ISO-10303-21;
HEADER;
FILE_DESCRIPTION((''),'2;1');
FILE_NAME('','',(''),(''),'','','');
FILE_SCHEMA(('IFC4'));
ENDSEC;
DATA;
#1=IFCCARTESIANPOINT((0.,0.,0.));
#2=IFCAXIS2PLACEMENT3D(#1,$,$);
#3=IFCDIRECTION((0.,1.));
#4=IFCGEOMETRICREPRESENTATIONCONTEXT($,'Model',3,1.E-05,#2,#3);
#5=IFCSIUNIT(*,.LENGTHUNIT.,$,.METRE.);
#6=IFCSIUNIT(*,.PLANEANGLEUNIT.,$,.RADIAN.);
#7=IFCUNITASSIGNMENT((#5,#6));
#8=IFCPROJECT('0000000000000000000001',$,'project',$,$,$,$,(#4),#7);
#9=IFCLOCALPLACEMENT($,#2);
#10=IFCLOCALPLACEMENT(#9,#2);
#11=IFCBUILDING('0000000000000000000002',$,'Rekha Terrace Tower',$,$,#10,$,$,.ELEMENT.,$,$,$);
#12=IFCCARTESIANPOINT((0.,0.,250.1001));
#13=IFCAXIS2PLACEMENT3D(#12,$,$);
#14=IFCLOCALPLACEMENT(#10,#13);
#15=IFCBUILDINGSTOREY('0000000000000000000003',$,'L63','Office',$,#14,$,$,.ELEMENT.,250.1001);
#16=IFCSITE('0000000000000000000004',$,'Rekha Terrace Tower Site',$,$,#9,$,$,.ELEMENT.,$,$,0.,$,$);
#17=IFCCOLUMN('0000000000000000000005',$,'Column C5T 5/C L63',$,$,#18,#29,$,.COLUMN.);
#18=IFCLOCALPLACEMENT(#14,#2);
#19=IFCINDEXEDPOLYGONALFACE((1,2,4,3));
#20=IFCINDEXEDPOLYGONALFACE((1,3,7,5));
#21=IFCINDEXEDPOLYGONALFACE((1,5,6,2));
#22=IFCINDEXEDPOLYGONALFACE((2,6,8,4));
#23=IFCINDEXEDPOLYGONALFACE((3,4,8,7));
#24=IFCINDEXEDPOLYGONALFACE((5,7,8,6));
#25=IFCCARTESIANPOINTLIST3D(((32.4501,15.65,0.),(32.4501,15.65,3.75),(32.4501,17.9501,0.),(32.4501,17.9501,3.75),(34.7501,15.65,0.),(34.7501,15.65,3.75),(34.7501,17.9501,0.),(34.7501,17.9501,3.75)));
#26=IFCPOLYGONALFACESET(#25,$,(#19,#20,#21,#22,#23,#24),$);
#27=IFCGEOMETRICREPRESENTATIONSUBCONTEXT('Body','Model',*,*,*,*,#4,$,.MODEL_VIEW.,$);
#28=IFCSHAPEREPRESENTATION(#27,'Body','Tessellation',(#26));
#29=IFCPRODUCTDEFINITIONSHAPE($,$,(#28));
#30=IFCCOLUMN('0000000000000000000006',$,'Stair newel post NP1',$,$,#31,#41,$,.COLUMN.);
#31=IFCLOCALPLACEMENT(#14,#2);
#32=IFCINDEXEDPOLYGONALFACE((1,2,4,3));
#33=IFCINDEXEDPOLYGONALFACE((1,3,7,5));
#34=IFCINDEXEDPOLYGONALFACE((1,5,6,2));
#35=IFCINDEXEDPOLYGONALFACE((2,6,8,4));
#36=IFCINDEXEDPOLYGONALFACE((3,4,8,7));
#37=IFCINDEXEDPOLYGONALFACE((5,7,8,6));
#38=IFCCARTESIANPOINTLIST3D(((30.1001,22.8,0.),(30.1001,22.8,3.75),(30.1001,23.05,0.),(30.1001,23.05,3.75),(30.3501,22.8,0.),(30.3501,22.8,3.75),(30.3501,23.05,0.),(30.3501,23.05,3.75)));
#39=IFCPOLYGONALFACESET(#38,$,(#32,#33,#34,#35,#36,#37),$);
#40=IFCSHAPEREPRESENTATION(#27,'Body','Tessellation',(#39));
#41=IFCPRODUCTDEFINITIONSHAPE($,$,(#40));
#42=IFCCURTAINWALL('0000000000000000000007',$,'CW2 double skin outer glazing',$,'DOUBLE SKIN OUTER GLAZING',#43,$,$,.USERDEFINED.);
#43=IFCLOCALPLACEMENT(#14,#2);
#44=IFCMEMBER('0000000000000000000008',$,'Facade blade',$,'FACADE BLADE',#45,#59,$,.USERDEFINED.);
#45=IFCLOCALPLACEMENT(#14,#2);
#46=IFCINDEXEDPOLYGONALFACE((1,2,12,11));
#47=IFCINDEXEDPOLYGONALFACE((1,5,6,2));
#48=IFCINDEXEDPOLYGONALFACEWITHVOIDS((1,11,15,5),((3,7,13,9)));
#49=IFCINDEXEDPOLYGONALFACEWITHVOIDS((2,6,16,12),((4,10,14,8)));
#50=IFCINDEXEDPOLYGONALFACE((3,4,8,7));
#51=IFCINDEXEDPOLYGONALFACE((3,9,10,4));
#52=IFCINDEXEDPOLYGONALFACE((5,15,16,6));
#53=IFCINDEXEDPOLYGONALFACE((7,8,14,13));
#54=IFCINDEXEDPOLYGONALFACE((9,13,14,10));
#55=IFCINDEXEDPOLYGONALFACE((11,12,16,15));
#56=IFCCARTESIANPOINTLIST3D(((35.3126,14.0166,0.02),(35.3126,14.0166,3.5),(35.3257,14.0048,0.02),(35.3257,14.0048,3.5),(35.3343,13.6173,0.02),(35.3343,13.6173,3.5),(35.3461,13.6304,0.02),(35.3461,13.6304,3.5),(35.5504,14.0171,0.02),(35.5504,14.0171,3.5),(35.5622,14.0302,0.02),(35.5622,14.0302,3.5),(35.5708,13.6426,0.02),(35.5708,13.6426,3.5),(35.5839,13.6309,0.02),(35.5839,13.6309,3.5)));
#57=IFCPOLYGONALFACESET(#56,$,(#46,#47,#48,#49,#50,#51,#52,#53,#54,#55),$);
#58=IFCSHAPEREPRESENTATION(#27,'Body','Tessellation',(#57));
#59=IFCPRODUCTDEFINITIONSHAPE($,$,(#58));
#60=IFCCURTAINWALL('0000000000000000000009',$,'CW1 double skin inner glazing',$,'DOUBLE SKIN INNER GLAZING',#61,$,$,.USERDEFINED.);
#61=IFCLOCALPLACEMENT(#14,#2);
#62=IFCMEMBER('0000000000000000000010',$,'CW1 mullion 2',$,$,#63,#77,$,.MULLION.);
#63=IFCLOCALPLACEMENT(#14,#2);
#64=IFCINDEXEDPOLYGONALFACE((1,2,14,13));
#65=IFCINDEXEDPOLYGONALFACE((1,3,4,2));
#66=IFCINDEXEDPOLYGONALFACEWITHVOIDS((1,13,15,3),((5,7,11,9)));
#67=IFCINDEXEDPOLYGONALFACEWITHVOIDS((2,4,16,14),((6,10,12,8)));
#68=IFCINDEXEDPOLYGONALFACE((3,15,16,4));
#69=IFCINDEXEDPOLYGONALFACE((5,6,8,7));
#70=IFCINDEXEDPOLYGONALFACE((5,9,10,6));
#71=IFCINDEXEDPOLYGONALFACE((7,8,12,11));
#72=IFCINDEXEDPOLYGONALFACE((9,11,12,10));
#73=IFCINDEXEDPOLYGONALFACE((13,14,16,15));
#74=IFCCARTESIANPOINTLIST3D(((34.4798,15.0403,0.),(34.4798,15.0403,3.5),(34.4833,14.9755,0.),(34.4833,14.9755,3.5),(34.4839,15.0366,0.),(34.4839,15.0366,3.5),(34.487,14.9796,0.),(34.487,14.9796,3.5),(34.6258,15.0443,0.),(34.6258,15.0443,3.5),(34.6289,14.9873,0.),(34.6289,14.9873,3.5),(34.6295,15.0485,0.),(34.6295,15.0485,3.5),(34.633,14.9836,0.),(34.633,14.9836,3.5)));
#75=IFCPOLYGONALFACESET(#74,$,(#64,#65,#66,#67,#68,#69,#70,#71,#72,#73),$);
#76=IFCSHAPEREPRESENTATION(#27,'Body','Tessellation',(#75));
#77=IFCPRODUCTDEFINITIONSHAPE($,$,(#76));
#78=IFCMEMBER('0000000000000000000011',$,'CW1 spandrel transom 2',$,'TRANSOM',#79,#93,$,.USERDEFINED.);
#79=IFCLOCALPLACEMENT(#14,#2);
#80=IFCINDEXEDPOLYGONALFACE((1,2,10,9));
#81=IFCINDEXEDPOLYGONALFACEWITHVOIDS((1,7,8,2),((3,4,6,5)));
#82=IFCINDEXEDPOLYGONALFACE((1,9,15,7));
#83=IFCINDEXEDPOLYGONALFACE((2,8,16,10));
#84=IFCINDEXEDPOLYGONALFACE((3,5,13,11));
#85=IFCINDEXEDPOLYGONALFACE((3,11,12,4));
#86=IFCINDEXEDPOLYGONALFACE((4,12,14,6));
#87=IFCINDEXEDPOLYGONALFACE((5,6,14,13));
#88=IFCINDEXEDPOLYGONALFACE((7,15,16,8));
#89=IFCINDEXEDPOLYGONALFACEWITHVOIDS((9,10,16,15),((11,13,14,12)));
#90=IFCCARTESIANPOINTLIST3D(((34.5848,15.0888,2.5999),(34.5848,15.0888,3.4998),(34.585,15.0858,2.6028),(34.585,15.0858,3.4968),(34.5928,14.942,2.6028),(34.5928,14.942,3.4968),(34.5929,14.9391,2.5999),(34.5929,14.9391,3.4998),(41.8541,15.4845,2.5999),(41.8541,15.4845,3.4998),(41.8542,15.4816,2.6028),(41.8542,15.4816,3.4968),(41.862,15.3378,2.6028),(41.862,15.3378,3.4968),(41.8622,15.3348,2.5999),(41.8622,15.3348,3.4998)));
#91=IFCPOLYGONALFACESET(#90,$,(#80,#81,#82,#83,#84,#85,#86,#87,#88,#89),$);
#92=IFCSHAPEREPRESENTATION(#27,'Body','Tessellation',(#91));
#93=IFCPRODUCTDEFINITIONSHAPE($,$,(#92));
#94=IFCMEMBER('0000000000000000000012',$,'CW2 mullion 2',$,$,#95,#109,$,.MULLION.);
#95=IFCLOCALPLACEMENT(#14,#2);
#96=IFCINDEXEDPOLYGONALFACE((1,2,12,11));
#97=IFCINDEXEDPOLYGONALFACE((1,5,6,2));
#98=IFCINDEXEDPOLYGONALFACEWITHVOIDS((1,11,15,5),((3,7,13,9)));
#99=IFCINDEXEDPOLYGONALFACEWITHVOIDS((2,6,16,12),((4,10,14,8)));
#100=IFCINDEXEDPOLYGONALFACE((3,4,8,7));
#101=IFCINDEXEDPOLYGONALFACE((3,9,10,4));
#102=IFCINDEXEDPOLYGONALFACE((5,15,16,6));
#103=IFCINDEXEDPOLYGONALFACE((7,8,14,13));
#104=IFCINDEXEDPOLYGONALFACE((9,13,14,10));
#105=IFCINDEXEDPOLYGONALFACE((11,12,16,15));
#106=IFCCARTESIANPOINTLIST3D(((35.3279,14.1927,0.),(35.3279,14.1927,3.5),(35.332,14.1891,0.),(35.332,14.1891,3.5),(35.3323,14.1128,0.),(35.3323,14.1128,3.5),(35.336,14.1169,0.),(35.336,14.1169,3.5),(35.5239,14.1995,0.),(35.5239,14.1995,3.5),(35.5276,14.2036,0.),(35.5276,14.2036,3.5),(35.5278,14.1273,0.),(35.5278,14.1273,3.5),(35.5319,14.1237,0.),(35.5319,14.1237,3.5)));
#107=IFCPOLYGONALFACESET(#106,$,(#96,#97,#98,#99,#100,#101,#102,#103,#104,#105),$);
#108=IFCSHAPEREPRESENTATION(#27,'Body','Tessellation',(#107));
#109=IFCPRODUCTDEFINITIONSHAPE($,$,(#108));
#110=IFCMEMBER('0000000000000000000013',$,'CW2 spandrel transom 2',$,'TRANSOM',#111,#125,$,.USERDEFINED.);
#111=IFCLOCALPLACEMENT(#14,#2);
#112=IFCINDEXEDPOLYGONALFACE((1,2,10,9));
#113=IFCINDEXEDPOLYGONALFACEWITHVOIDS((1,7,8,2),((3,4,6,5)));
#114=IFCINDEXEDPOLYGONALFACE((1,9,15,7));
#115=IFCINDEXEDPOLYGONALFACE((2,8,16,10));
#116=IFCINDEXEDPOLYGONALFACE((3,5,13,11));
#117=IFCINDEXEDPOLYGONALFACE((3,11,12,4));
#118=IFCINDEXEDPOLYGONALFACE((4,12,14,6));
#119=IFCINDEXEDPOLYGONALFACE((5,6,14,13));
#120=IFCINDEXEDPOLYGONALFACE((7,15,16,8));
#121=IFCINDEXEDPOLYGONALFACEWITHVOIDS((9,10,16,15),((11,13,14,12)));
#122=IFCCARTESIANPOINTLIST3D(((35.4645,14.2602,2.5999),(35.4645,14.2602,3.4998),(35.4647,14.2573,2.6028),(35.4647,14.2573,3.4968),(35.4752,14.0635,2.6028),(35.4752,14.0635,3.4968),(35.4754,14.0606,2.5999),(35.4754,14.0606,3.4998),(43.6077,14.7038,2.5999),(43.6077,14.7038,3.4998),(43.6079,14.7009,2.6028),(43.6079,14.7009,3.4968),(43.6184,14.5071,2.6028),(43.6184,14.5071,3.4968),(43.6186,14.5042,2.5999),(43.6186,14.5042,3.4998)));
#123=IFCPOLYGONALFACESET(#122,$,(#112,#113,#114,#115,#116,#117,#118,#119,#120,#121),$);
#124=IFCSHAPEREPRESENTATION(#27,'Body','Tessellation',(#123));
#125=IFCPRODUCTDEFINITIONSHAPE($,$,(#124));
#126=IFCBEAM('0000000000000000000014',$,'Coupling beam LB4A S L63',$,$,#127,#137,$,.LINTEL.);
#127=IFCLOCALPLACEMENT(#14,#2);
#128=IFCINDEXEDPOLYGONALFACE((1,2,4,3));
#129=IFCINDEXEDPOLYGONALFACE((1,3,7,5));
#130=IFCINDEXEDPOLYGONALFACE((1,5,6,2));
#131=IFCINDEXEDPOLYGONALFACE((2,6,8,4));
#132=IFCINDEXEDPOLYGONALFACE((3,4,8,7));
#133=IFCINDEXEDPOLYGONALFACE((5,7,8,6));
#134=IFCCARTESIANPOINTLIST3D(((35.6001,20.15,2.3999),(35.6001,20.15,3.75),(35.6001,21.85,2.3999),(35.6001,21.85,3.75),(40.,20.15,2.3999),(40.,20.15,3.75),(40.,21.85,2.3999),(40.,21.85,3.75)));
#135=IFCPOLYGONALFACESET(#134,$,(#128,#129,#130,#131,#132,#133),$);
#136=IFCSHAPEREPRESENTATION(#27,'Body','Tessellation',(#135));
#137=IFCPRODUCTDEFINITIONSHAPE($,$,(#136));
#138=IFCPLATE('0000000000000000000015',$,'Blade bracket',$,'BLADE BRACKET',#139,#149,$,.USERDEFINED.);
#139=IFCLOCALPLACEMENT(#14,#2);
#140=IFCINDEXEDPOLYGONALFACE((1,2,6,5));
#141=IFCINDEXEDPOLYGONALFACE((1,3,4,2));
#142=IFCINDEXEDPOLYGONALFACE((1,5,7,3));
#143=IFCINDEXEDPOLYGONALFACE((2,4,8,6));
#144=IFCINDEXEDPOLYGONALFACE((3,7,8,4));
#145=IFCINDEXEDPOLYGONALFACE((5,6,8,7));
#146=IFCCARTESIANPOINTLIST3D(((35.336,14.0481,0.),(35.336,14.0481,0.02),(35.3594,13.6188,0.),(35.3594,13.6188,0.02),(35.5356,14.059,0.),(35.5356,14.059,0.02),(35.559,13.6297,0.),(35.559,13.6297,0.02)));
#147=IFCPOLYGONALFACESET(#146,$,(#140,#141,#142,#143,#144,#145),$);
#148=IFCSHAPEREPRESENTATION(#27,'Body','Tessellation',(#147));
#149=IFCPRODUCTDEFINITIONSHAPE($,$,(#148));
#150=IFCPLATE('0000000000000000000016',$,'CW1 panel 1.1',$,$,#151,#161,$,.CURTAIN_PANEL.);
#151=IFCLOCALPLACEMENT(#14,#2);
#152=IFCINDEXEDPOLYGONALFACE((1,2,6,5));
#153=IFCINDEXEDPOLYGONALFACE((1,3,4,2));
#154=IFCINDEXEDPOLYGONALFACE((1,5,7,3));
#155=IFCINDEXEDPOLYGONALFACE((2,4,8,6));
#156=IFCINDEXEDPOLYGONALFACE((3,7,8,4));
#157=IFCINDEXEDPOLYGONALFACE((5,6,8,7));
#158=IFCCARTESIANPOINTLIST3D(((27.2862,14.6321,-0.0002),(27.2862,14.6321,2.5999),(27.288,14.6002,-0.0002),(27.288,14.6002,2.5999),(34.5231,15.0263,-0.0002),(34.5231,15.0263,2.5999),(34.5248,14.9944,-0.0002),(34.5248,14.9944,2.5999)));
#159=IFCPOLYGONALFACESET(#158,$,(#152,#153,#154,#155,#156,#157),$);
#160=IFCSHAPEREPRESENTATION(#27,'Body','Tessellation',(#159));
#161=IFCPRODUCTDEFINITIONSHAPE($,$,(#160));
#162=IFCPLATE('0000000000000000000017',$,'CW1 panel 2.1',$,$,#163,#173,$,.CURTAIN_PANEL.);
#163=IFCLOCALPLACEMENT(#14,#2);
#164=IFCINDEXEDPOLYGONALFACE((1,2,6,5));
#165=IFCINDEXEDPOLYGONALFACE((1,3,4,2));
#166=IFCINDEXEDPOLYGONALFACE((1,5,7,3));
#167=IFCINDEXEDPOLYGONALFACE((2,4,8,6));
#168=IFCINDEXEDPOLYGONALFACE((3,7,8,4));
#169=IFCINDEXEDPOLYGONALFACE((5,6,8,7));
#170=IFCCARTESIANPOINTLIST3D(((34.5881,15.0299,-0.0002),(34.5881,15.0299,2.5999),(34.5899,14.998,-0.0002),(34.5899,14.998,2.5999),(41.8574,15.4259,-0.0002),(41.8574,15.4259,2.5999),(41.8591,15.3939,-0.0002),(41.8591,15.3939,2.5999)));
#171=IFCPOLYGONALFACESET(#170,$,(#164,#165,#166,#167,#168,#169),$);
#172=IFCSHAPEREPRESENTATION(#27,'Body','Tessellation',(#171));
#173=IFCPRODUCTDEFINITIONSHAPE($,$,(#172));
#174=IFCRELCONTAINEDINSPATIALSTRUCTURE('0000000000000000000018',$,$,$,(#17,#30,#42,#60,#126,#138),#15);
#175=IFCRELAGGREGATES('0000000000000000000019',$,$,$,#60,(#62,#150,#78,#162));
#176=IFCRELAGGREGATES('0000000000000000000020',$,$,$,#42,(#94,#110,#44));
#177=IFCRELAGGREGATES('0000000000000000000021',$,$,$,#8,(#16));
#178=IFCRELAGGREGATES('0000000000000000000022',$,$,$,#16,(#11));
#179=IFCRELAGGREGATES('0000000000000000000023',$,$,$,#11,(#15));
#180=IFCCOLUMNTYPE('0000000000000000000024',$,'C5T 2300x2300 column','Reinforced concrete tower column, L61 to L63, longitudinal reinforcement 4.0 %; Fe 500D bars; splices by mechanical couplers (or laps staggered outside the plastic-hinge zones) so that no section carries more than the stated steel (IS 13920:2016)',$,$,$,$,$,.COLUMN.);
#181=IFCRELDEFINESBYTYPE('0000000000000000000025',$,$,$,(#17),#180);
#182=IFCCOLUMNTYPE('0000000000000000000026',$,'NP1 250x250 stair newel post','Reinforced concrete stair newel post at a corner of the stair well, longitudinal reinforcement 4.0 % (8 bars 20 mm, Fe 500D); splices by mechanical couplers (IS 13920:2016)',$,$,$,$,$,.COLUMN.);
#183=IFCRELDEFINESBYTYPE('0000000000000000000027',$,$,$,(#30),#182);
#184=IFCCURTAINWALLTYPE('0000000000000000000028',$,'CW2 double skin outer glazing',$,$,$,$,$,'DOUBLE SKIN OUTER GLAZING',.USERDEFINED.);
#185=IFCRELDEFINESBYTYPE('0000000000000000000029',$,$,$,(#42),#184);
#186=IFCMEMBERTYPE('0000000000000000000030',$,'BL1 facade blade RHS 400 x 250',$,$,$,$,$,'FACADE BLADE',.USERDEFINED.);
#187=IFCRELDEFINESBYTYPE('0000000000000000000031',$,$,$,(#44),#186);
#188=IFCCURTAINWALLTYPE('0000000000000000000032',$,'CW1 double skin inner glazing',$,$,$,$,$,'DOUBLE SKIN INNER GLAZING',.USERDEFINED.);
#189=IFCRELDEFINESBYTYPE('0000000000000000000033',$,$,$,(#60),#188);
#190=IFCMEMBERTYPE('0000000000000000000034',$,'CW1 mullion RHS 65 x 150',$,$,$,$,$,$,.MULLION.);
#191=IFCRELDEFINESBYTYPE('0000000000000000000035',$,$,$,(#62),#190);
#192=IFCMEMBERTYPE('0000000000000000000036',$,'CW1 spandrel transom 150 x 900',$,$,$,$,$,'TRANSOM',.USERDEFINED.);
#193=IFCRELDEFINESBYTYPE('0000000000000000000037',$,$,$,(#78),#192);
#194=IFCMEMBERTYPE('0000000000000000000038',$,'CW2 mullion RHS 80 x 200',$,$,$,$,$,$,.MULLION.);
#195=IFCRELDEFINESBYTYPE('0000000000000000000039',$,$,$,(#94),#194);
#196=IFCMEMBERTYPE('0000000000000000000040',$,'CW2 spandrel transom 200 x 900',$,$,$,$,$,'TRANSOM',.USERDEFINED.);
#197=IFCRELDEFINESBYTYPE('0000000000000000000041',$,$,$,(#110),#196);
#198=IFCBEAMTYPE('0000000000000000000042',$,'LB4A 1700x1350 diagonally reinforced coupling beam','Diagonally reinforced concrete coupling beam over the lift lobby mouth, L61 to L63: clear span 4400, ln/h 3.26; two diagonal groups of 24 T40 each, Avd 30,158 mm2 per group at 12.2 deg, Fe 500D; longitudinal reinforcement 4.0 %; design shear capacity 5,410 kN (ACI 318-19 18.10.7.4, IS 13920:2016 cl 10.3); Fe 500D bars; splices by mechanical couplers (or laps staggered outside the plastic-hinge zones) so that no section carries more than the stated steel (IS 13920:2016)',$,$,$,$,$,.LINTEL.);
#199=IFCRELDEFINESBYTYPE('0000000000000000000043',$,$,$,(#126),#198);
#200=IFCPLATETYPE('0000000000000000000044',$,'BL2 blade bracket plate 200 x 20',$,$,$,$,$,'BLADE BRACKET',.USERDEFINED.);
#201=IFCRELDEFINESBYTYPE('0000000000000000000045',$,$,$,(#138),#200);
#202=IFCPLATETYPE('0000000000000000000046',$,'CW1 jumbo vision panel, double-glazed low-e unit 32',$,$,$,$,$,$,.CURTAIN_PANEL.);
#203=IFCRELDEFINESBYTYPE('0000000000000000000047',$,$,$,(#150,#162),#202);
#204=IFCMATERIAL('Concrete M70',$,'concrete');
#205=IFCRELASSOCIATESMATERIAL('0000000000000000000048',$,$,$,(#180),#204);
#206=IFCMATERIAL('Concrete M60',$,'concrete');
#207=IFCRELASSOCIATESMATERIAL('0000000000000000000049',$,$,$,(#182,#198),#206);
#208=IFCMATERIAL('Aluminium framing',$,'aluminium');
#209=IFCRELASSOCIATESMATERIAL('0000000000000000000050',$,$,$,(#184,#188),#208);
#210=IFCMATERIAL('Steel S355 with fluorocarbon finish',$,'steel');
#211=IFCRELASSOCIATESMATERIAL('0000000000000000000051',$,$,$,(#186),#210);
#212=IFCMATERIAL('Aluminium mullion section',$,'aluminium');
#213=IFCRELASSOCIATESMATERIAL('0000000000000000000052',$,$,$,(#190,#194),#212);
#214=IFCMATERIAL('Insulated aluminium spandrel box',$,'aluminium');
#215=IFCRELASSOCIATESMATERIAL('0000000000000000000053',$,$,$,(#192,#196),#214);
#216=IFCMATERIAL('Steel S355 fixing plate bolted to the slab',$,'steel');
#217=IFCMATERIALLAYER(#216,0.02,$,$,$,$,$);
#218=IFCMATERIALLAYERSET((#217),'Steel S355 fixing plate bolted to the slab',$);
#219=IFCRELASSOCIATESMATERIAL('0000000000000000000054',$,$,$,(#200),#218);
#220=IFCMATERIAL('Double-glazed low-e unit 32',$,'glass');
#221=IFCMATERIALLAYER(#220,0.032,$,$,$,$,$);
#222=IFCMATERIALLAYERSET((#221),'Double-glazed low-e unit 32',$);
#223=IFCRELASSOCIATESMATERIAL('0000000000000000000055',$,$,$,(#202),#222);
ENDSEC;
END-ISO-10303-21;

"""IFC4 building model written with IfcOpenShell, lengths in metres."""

from ifc_helpers import new_model, si_unit, direction, frame, origin, origin_2d, place, context, subcontext, project, spatial, rectangle, hollow_rectangle, extrude, material, layer, layer_set, material_profile, profile_set, type_object, element, aggregate, save


model = new_model("IFC4")

# Units and contexts
model_context = context("Model", 3, precision=1e-05, world=origin(), true_north=direction((0.0, 1.0)))
body_context = subcontext(model_context, "Body", "Model", "MODEL_VIEW")
ifc_project = project(units=[si_unit("LENGTHUNIT", "METRE"), si_unit("PLANEANGLEUNIT", "RADIAN")], contexts=[model_context])

# Site, building, storey
site_placement = place(None, origin())
site = spatial("IfcSite", under=ifc_project, at=site_placement, Name="Rekha Terrace Tower Site", CompositionType="ELEMENT", RefElevation=0.0)
building_placement = place(site_placement, origin())
building = spatial("IfcBuilding", under=site, at=building_placement, Name="Rekha Terrace Tower", CompositionType="ELEMENT")
storey_placement = place(building_placement, frame((0.0, 0.0, 250.1001)))
storey = spatial("IfcBuildingStorey", under=building, at=storey_placement, Name="L63", Description="Office", CompositionType="ELEMENT", Elevation=250.1001)

# Columns
ifc_material_1 = material(Name="Concrete M70", Category="concrete")
ifc_material_profile_1 = material_profile(ifc_material_1, rectangle(XDim=2.3, YDim=2.3, at=origin_2d()), Name="RC 2300x2300")
ifc_profile_set_1 = profile_set([ifc_material_profile_1], Name="Concrete M70")
column_type_1 = type_object("IfcColumnType", Name="C5T 2300x2300 column", Description="Reinforced concrete tower column, L61 to L63, longitudinal reinforcement 4.0 %; Fe 500D bars; splices by mechanical couplers (or laps staggered outside the plastic-hinge zones) so that no section carries more than the stated steel (IS 13920:2016)", PredefinedType="COLUMN", material=ifc_profile_set_1)
column_1_placement = place(storey_placement, frame((33.6001, 16.8, 0.0), z_axis=(0.0, 0.0, 1.0), x_axis=(1.0, 0.0, 0.0)))
element("IfcColumn", 1, at=column_1_placement, inside=storey, type_object=column_type_1, Name="Column C5T 5/C L63", PredefinedType="COLUMN", context=body_context, shape_type="SweptSolid", body=[
    extrude(rectangle(XDim=2.3, YDim=2.3, at=origin_2d()), origin(), (0.0, 0.0, 1.0), 3.75),
])
ifc_material_2 = material(Name="Concrete M60", Category="concrete")
ifc_material_profile_2 = material_profile(ifc_material_2, rectangle(XDim=0.25, YDim=0.25, at=origin_2d()), Name="RC 250x250")
ifc_profile_set_2 = profile_set([ifc_material_profile_2], Name="Concrete M60")
column_type_2 = type_object("IfcColumnType", Name="NP1 250x250 stair newel post", Description="Reinforced concrete stair newel post at a corner of the stair well, longitudinal reinforcement 4.0 % (8 bars 20 mm, Fe 500D); splices by mechanical couplers (IS 13920:2016)", PredefinedType="COLUMN", material=ifc_profile_set_2)
column_2_placement = place(storey_placement, frame((30.2251, 22.925, 0.0), z_axis=(0.0, 0.0, 1.0), x_axis=(1.0, 0.0, 0.0)))
element("IfcColumn", 2, at=column_2_placement, inside=storey, type_object=column_type_2, Name="Stair newel post NP1", PredefinedType="COLUMN", context=body_context, shape_type="SweptSolid", body=[
    extrude(rectangle(XDim=0.25, YDim=0.25, at=origin_2d()), origin(), (0.0, 0.0, 1.0), 3.75),
])

# Curtain wall, member
ifc_material_3 = material(Name="Aluminium framing", Category="aluminium")
curtain_wall_type_1 = type_object("IfcCurtainWallType", Name="CW2 double skin outer glazing", ElementType="DOUBLE SKIN OUTER GLAZING", PredefinedType="USERDEFINED", material=ifc_material_3)
curtain_wall_1_placement = place(storey_placement, origin())
curtain_wall_1 = element("IfcCurtainWall", 3, at=curtain_wall_1_placement, inside=storey, type_object=curtain_wall_type_1, Name="CW2 double skin outer glazing", ObjectType="DOUBLE SKIN OUTER GLAZING", PredefinedType="USERDEFINED")
ifc_material_4 = material(Name="Steel S355 with fluorocarbon finish", Category="steel")
ifc_material_profile_3 = material_profile(ifc_material_4, hollow_rectangle(XDim=0.25, YDim=0.3999, WallThickness=0.0125, at=origin_2d()), Name="RHS400x250x12.5")
ifc_profile_set_3 = profile_set([ifc_material_profile_3], Name="Steel S355 with fluorocarbon finish")
member_type_1 = type_object("IfcMemberType", Name="BL1 facade blade RHS 400 x 250", ElementType="FACADE BLADE", PredefinedType="USERDEFINED", material=ifc_profile_set_3)
member_1_placement = place(storey_placement, frame((35.4482, 13.8237, 0.02), z_axis=(0.0, 0.0, 1.0), x_axis=(0.99852, 0.054389, 0.0)))
member_1 = element("IfcMember", 4, at=member_1_placement, type_object=member_type_1, Name="Facade blade", ObjectType="FACADE BLADE", PredefinedType="USERDEFINED", context=body_context, shape_type="SweptSolid", body=[
    extrude(hollow_rectangle(XDim=0.25, YDim=0.3999, WallThickness=0.0125, at=origin_2d()), origin(), (0.0, 0.0, 1.0), 3.48),
])

# Curtain wall, members
curtain_wall_type_2 = type_object("IfcCurtainWallType", Name="CW1 double skin inner glazing", ElementType="DOUBLE SKIN INNER GLAZING", PredefinedType="USERDEFINED", material=ifc_material_3)
curtain_wall_2_placement = place(storey_placement, origin())
curtain_wall_2 = element("IfcCurtainWall", 5, at=curtain_wall_2_placement, inside=storey, type_object=curtain_wall_type_2, Name="CW1 double skin inner glazing", ObjectType="DOUBLE SKIN INNER GLAZING", PredefinedType="USERDEFINED")
ifc_material_5 = material(Name="Aluminium mullion section", Category="aluminium")
ifc_material_profile_4 = material_profile(ifc_material_5, hollow_rectangle(XDim=0.0649, YDim=0.1499, WallThickness=0.0039, at=origin_2d()), Name="AL RHS 65x150")
ifc_profile_set_4 = profile_set([ifc_material_profile_4], Name="Aluminium mullion section")
member_type_2 = type_object("IfcMemberType", Name="CW1 mullion RHS 65 x 150", PredefinedType="MULLION", material=ifc_profile_set_4)
member_2_placement = place(storey_placement, frame((34.5564, 15.012, 0.0), z_axis=(0.0, 0.0, 1.0), x_axis=(-0.054389, 0.99852, 0.0)))
member_2 = element("IfcMember", 6, at=member_2_placement, type_object=member_type_2, Name="CW1 mullion 2", PredefinedType="MULLION", context=body_context, shape_type="SweptSolid", body=[
    extrude(hollow_rectangle(XDim=0.0649, YDim=0.1499, WallThickness=0.0039, at=origin_2d()), origin(), (0.0, 0.0, 1.0), 3.5),
])
ifc_material_6 = material(Name="Insulated aluminium spandrel box", Category="aluminium")
ifc_material_profile_5 = material_profile(ifc_material_6, hollow_rectangle(XDim=0.1499, YDim=0.8999, WallThickness=0.0029, at=origin_2d()), Name="AL SPANDREL BOX 150x900")
ifc_profile_set_5 = profile_set([ifc_material_profile_5], Name="Insulated aluminium spandrel box")
member_type_3 = type_object("IfcMemberType", Name="CW1 spandrel transom 150 x 900", ElementType="TRANSOM", PredefinedType="USERDEFINED", material=ifc_profile_set_5)
member_3_placement = place(storey_placement, frame((34.5889, 15.0139, 3.0498), z_axis=(0.998521, 0.054361, 0.0), x_axis=(-0.054361, 0.998521, 0.0)))
member_3 = element("IfcMember", 7, at=member_3_placement, type_object=member_type_3, Name="CW1 spandrel transom 2", ObjectType="TRANSOM", PredefinedType="USERDEFINED", context=body_context, shape_type="SweptSolid", body=[
    extrude(hollow_rectangle(XDim=0.1499, YDim=0.8999, WallThickness=0.0029, at=origin_2d()), origin(), (0.0, 0.0, 1.0), 7.28),
])

# Members
ifc_material_profile_6 = material_profile(ifc_material_5, hollow_rectangle(XDim=0.0801, YDim=0.2, WallThickness=0.0039, at=origin_2d()), Name="AL RHS 80x200")
ifc_profile_set_6 = profile_set([ifc_material_profile_6], Name="Aluminium mullion section")
member_type_4 = type_object("IfcMemberType", Name="CW2 mullion RHS 80 x 200", PredefinedType="MULLION", material=ifc_profile_set_6)
member_4_placement = place(storey_placement, frame((35.4299, 14.1582, 0.0), z_axis=(0.0, 0.0, 1.0), x_axis=(-0.054389, 0.99852, 0.0)))
member_4 = element("IfcMember", 8, at=member_4_placement, type_object=member_type_4, Name="CW2 mullion 2", PredefinedType="MULLION", context=body_context, shape_type="SweptSolid", body=[
    extrude(hollow_rectangle(XDim=0.0801, YDim=0.2, WallThickness=0.0039, at=origin_2d()), origin(), (0.0, 0.0, 1.0), 3.5),
])
ifc_material_profile_7 = material_profile(ifc_material_6, hollow_rectangle(XDim=0.2, YDim=0.8999, WallThickness=0.0029, at=origin_2d()), Name="AL SPANDREL BOX 200x900")
ifc_profile_set_7 = profile_set([ifc_material_profile_7], Name="Insulated aluminium spandrel box")
member_type_5 = type_object("IfcMemberType", Name="CW2 spandrel transom 200 x 900", ElementType="TRANSOM", PredefinedType="USERDEFINED", material=ifc_profile_set_7)
member_5_placement = place(storey_placement, frame((35.47, 14.1604, 3.0498), z_axis=(0.99852, 0.054394, 0.0), x_axis=(-0.054394, 0.99852, 0.0)))
member_5 = element("IfcMember", 9, at=member_5_placement, type_object=member_type_5, Name="CW2 spandrel transom 2", ObjectType="TRANSOM", PredefinedType="USERDEFINED", context=body_context, shape_type="SweptSolid", body=[
    extrude(hollow_rectangle(XDim=0.2, YDim=0.8999, WallThickness=0.0029, at=origin_2d()), origin(), (0.0, 0.0, 1.0), 8.1553),
])

# Beam
ifc_material_profile_8 = material_profile(ifc_material_2, rectangle(XDim=1.7, YDim=1.3501, at=origin_2d()), Name="RC 1700x1350")
ifc_profile_set_8 = profile_set([ifc_material_profile_8], Name="Concrete M60")
beam_type = type_object("IfcBeamType", Name="LB4A 1700x1350 diagonally reinforced coupling beam", Description="Diagonally reinforced concrete coupling beam over the lift lobby mouth, L61 to L63: clear span 4400, ln/h 3.26; two diagonal groups of 24 T40 each, Avd 30,158 mm2 per group at 12.2 deg, Fe 500D; longitudinal reinforcement 4.0 %; design shear capacity 5,410 kN (ACI 318-19 18.10.7.4, IS 13920:2016 cl 10.3); Fe 500D bars; splices by mechanical couplers (or laps staggered outside the plastic-hinge zones) so that no section carries more than the stated steel (IS 13920:2016)", PredefinedType="LINTEL", material=ifc_profile_set_8)
beam_placement = place(storey_placement, frame((35.6001, 21.0, 3.075), z_axis=(1.0, 0.0, 0.0), x_axis=(0.0, 1.0, 0.0)))
element("IfcBeam", 10, at=beam_placement, inside=storey, type_object=beam_type, Name="Coupling beam LB4A S L63", PredefinedType="LINTEL", context=body_context, shape_type="SweptSolid", body=[
    extrude(rectangle(XDim=1.7, YDim=1.3501, at=origin_2d()), origin(), (0.0, 0.0, 1.0), 4.3999),
])

# Plates
ifc_material_7 = material(Name="Steel S355 fixing plate bolted to the slab", Category="steel")
ifc_layer_1 = layer(ifc_material_7, 0.02)
ifc_layer_set_1 = layer_set([ifc_layer_1], Name="Steel S355 fixing plate bolted to the slab")
plate_type_1 = type_object("IfcPlateType", Name="BL2 blade bracket plate 200 x 20", ElementType="BLADE BRACKET", PredefinedType="USERDEFINED", material=ifc_layer_set_1)
plate_1_placement = place(storey_placement, frame((35.4475, 13.8389, 0.0), z_axis=(0.0, 0.0, 1.0), x_axis=(0.054389, -0.99852, 0.0)))
element("IfcPlate", 11, at=plate_1_placement, inside=storey, type_object=plate_type_1, Name="Blade bracket", ObjectType="BLADE BRACKET", PredefinedType="USERDEFINED", context=body_context, shape_type="SweptSolid", body=[
    extrude(rectangle(XDim=0.4299, YDim=0.2, at=origin_2d()), origin(), (0.0, 0.0, 1.0), 0.02),
])
ifc_material_8 = material(Name="Double-glazed low-e unit 32", Category="glass")
ifc_layer_2 = layer(ifc_material_8, 0.032)
ifc_layer_set_2 = layer_set([ifc_layer_2], Name="Double-glazed low-e unit 32")
plate_type_2 = type_object("IfcPlateType", Name="CW1 jumbo vision panel, double-glazed low-e unit 32", PredefinedType="CURTAIN_PANEL", material=ifc_layer_set_2)
plate_2_placement = place(storey_placement, frame((30.9055, 14.8132, -0.0002), z_axis=(0.0, 0.0, 1.0), x_axis=(0.99852, 0.054389, 0.0)))
plate_2 = element("IfcPlate", 12, at=plate_2_placement, type_object=plate_type_2, Name="CW1 panel 1.1", PredefinedType="CURTAIN_PANEL", context=body_context, shape_type="SweptSolid", body=[
    extrude(rectangle(XDim=7.2476, YDim=0.032, at=origin_2d()), origin(), (0.0, 0.0, 1.0), 2.6001),
])
plate_3_placement = place(storey_placement, frame((38.2236, 15.2119, -0.0002), z_axis=(0.0, 0.0, 1.0), x_axis=(0.99852, 0.054389, 0.0)))
plate_3 = element("IfcPlate", 13, at=plate_3_placement, type_object=plate_type_2, Name="CW1 panel 2.1", PredefinedType="CURTAIN_PANEL", context=body_context, shape_type="SweptSolid", body=[
    extrude(rectangle(XDim=7.28, YDim=0.032, at=origin_2d()), origin(), (0.0, 0.0, 1.0), 2.6001),
])
aggregate(curtain_wall_2, [member_2, plate_2, member_3, plate_3])
aggregate(curtain_wall_1, [member_4, member_5, member_1])

save(model, "model.ifc")
